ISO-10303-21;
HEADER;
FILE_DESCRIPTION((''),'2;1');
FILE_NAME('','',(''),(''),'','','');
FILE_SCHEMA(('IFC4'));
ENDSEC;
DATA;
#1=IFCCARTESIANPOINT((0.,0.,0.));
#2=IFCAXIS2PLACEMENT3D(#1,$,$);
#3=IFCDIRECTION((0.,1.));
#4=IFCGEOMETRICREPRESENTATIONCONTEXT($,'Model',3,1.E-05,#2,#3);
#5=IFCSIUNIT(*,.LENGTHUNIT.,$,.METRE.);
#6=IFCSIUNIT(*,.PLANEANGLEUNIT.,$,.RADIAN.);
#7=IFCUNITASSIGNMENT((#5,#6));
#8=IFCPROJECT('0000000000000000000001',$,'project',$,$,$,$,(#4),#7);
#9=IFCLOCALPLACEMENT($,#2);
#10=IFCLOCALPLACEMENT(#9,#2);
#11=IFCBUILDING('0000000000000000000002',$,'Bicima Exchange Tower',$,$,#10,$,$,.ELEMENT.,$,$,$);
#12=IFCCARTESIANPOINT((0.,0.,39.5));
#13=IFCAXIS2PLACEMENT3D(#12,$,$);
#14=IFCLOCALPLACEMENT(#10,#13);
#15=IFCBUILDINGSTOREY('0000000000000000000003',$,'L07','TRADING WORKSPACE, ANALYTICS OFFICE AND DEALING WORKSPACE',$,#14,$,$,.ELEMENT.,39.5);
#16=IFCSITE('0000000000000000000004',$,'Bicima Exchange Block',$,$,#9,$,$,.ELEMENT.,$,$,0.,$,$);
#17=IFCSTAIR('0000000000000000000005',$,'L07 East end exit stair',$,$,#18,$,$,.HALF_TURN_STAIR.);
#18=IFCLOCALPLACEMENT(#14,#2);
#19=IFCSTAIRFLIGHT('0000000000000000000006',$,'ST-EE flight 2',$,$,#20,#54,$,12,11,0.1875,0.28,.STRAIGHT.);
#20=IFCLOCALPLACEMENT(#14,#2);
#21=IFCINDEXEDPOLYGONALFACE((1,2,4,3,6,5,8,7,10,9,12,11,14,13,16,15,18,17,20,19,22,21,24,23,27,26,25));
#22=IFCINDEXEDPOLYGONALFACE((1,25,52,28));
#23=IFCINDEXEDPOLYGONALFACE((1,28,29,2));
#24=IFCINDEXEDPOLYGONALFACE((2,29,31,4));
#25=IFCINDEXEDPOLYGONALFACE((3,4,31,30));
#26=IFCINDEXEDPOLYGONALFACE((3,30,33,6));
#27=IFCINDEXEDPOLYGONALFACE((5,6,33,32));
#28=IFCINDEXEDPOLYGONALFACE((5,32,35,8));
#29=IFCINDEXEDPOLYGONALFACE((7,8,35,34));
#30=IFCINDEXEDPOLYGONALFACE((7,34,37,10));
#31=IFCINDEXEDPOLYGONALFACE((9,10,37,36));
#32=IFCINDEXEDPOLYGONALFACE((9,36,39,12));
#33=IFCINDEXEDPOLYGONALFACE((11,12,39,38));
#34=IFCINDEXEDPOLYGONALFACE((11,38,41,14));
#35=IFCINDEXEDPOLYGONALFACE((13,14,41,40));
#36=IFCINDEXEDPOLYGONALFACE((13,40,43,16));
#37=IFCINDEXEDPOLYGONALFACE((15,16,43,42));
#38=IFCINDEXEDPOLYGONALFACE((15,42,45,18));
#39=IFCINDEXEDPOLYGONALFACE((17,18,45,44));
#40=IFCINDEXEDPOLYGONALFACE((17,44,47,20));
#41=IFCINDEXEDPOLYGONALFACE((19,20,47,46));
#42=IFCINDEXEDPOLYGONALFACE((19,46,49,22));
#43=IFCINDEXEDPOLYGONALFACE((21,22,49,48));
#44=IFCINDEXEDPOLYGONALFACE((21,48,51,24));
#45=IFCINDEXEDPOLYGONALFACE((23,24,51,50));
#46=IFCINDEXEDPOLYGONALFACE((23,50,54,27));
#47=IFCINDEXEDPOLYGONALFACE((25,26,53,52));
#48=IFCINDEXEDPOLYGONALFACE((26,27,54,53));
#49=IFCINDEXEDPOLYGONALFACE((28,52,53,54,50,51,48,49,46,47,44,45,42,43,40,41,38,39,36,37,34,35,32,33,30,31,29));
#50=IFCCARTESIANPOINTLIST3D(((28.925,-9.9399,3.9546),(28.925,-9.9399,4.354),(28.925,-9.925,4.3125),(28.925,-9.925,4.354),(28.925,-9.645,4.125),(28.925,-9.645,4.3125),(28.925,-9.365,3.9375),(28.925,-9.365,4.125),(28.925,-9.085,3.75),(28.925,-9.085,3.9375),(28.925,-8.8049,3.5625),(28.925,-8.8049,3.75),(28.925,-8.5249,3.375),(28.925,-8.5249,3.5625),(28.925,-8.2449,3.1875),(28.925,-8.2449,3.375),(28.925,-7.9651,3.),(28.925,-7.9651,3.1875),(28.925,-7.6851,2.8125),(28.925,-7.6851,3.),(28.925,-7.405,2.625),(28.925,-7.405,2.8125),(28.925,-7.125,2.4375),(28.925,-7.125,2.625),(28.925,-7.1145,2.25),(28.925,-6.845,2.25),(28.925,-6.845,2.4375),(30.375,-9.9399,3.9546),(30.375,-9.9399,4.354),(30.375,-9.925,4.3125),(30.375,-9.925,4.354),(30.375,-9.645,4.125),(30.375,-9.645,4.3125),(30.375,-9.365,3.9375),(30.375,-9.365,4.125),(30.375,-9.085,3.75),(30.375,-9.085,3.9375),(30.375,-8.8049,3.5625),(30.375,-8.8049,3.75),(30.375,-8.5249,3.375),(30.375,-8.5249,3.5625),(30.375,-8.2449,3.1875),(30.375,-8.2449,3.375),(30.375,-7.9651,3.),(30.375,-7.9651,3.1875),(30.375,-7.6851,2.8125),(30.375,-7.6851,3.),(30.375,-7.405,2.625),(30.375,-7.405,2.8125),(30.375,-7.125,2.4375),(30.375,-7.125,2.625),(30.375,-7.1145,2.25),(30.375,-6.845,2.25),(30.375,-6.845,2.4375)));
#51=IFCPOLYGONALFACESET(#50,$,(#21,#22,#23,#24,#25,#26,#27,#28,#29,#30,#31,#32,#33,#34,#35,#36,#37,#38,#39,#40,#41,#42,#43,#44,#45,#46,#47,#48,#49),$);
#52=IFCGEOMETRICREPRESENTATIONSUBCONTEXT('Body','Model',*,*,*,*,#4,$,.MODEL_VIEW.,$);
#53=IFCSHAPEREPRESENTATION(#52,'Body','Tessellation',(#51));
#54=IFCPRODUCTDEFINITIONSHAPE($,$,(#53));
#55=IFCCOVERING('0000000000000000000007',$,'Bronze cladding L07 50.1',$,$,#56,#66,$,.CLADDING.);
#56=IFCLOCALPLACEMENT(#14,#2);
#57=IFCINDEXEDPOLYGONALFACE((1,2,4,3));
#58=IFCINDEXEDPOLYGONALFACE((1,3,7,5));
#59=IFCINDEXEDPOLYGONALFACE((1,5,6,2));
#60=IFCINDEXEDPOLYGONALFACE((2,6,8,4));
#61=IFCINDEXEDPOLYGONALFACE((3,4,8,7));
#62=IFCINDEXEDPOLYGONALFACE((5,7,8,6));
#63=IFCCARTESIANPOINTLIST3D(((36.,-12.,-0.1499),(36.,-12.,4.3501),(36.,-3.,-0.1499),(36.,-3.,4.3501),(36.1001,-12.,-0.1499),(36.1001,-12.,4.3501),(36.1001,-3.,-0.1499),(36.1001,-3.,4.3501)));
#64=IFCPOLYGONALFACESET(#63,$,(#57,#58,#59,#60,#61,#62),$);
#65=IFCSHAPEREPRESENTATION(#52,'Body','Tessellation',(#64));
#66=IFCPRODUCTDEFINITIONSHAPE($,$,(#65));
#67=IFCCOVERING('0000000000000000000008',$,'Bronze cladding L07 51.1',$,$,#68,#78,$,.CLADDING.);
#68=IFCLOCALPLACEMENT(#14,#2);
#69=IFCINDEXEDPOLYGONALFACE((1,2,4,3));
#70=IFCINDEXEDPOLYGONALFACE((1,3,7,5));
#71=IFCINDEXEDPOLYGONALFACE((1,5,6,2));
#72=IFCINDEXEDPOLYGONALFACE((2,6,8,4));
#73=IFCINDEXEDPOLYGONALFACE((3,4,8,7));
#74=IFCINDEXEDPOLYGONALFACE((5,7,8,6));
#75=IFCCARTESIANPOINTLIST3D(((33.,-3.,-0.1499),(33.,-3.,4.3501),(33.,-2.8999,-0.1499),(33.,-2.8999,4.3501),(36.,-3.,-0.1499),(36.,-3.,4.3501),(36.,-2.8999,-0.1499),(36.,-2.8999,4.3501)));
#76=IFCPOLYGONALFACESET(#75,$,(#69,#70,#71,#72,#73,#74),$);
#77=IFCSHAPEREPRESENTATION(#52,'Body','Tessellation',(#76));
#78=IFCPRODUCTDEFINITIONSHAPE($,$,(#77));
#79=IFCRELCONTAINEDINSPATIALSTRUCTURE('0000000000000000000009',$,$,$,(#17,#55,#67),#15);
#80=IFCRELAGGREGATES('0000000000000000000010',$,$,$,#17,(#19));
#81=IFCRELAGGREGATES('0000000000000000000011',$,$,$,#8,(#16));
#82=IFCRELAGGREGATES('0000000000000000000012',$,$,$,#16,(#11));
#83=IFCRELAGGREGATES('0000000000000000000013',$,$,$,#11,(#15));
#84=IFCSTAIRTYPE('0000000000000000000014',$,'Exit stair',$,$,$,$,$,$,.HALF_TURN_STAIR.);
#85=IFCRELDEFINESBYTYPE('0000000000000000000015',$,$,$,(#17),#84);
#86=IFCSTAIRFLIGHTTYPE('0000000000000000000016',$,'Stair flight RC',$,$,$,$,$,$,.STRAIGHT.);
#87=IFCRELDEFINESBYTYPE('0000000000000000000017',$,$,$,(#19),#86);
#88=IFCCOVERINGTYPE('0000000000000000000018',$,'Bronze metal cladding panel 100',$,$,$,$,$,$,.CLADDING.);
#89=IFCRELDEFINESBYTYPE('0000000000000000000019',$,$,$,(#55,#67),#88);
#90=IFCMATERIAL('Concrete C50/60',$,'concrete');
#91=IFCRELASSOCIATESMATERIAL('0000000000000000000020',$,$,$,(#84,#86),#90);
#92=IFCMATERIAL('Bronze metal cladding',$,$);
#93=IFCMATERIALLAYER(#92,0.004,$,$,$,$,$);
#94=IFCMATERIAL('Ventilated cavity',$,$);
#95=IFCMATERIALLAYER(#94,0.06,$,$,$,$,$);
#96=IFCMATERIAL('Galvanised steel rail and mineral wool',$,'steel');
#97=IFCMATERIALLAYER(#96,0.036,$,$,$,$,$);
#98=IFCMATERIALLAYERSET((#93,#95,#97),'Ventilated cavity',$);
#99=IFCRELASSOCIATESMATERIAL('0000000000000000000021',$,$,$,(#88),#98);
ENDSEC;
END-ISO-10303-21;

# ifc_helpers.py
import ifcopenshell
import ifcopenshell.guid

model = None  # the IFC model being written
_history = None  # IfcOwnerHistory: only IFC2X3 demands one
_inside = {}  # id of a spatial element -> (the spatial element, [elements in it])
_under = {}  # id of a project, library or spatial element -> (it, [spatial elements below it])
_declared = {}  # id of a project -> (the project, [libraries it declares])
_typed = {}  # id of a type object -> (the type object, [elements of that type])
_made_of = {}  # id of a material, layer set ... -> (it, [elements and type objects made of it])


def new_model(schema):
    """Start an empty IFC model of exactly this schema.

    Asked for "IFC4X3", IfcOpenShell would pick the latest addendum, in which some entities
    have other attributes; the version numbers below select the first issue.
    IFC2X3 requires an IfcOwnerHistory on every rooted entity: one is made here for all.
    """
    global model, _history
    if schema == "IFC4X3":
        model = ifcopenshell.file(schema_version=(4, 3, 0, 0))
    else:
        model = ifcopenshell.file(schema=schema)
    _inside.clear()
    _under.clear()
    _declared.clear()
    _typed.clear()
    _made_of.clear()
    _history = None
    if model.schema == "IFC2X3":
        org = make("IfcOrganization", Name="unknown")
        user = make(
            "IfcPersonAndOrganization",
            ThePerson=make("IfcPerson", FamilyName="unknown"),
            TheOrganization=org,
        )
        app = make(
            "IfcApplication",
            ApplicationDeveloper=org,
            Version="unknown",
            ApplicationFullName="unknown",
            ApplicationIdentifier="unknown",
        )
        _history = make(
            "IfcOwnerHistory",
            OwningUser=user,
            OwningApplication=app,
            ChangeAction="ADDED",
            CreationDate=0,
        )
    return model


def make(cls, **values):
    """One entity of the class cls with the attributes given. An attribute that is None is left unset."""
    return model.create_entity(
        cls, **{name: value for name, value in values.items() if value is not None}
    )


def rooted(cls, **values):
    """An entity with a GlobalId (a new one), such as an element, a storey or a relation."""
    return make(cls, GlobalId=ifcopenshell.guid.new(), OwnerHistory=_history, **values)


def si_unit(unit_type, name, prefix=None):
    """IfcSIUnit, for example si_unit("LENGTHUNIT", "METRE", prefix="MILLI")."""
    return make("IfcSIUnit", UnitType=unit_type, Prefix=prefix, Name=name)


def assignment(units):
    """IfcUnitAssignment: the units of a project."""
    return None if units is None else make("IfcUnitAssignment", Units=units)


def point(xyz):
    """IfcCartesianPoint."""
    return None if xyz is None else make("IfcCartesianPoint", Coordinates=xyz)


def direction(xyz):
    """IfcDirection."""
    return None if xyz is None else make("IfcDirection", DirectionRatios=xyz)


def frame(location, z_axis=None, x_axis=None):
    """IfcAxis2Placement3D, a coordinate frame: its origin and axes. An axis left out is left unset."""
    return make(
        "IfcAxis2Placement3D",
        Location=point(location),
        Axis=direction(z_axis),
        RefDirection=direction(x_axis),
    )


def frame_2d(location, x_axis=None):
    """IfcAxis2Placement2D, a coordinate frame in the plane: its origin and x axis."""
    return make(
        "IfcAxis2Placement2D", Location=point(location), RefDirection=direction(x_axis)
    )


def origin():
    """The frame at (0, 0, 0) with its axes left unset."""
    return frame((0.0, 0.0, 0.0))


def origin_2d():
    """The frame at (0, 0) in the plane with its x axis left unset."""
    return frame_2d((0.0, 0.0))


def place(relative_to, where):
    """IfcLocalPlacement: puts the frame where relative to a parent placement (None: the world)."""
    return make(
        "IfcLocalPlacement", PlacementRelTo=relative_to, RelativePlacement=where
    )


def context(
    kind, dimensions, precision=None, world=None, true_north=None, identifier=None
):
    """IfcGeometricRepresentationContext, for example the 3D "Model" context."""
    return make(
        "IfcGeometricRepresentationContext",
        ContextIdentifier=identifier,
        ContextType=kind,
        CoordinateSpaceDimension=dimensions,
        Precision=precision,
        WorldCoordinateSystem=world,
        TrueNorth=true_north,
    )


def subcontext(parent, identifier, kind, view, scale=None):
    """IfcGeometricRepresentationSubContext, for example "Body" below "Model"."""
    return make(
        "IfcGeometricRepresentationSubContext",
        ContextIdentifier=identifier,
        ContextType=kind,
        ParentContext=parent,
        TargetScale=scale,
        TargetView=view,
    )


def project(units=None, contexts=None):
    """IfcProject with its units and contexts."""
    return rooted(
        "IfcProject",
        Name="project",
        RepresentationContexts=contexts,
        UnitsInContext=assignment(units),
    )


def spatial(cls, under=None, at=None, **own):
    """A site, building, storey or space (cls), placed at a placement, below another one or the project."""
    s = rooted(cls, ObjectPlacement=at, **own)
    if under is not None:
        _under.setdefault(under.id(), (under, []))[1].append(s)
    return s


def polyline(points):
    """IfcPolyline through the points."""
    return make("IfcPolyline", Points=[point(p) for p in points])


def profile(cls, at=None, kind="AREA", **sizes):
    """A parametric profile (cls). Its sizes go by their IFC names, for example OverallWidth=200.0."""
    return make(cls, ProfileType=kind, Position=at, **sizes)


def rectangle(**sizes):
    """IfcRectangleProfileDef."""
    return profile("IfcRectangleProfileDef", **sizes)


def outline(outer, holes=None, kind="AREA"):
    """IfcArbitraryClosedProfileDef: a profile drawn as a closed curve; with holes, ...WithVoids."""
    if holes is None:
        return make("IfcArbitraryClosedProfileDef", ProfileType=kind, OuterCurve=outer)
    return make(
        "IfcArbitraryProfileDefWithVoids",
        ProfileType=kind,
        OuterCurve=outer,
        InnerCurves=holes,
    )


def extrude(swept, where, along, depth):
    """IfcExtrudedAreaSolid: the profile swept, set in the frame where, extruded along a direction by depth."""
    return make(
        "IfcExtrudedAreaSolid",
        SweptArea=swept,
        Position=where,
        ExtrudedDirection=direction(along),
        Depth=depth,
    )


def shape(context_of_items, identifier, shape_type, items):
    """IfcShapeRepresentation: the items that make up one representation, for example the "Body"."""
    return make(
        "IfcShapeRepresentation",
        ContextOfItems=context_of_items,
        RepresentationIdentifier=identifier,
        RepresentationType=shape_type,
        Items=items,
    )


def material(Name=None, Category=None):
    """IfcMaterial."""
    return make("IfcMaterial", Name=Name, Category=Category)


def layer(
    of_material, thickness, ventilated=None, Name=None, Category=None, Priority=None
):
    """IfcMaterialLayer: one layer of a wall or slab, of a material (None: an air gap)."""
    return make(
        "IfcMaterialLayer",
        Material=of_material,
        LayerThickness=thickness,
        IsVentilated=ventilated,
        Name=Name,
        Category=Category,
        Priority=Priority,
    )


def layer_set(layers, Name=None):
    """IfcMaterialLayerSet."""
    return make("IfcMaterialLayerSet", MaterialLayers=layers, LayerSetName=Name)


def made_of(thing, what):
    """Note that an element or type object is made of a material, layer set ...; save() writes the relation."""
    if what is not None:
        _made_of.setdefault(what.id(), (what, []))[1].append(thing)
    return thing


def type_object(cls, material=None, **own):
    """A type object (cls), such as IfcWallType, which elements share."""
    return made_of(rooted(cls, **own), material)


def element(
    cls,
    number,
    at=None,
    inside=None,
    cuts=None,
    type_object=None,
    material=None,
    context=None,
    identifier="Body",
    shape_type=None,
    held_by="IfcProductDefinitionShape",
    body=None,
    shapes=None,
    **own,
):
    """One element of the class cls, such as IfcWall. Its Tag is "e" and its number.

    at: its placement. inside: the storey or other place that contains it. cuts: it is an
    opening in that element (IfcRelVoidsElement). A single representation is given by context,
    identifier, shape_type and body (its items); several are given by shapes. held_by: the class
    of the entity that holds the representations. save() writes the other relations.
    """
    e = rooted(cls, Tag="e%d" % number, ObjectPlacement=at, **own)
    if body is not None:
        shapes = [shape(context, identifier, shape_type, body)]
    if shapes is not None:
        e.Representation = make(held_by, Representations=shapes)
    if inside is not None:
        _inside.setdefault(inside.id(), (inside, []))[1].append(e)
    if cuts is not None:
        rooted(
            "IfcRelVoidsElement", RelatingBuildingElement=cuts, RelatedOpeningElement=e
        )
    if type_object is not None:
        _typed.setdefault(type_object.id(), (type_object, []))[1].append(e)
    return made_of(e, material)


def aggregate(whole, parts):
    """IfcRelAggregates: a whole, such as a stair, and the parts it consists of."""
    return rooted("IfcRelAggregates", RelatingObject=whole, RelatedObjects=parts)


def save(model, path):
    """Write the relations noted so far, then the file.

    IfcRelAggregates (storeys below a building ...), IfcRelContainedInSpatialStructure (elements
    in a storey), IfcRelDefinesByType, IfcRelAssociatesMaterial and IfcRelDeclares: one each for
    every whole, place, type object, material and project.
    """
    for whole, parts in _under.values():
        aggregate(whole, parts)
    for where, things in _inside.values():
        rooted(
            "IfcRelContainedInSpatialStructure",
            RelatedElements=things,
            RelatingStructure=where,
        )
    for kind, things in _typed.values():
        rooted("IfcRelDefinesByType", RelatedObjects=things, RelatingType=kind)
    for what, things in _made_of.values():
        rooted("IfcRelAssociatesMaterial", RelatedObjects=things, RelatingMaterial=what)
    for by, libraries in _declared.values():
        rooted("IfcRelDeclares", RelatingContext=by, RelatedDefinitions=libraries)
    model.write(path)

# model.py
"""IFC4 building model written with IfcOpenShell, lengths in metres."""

from ifc_helpers import new_model, si_unit, direction, frame, origin, origin_2d, place, context, subcontext, project, spatial, polyline, rectangle, outline, extrude, material, layer, layer_set, type_object, element, aggregate, save


model = new_model("IFC4")

# Units and contexts
model_context = context("Model", 3, precision=1e-05, world=origin(), true_north=direction((0.0, 1.0)))
body_context = subcontext(model_context, "Body", "Model", "MODEL_VIEW")
ifc_project = project(units=[si_unit("LENGTHUNIT", "METRE"), si_unit("PLANEANGLEUNIT", "RADIAN")], contexts=[model_context])

# Site, building, storey
site_placement = place(None, origin())
site = spatial("IfcSite", under=ifc_project, at=site_placement, Name="Bicima Exchange Block", CompositionType="ELEMENT", RefElevation=0.0)
building_placement = place(site_placement, origin())
building = spatial("IfcBuilding", under=site, at=building_placement, Name="Bicima Exchange Tower", CompositionType="ELEMENT")
storey_placement = place(building_placement, frame((0.0, 0.0, 39.5)))
storey = spatial("IfcBuildingStorey", under=building, at=storey_placement, Name="L07", Description="TRADING WORKSPACE, ANALYTICS OFFICE AND DEALING WORKSPACE", CompositionType="ELEMENT", Elevation=39.5)

# Shared definitions
ifc_material_1 = material(Name="Concrete C50/60", Category="concrete")

# Stair, stair flight
stair_type = type_object("IfcStairType", Name="Exit stair", PredefinedType="HALF_TURN_STAIR", material=ifc_material_1)
stair_placement = place(storey_placement, origin())
stair = element("IfcStair", 1, at=stair_placement, inside=storey, type_object=stair_type, Name="L07 East end exit stair", PredefinedType="HALF_TURN_STAIR")
stair_flight_type = type_object("IfcStairFlightType", Name="Stair flight RC", PredefinedType="STRAIGHT", material=ifc_material_1)
stair_flight_1_placement = place(storey_placement, frame((29.6499, -6.845, 2.25), z_axis=(0.0, 0.0, 1.0), x_axis=(0.0, -1.0, 0.0)))
stair_flight_1 = element("IfcStairFlight", 2, at=stair_flight_1_placement, type_object=stair_flight_type, Name="ST-EE flight 2", NumberOfRisers=12, NumberOfTreads=11, PredefinedType="STRAIGHT", RiserHeight=0.1875, TreadLength=0.28, context=body_context, shape_type="SweptSolid", body=[
    extrude(outline(polyline([(0.0, 0.0), (0.0, 0.1875), (0.28, 0.1875), (0.28, 0.375), (0.5601, 0.375), (0.5601, 0.5625), (0.8401, 0.5625), (0.8401, 0.75), (1.1201, 0.75), (1.1201, 0.9375), (1.3999, 0.9375), (1.3999, 1.125), (1.6799, 1.125), (1.6799, 1.3125), (1.96, 1.3125), (1.96, 1.5), (2.24, 1.5), (2.24, 1.6875), (2.52, 1.6875), (2.52, 1.875), (2.8, 1.875), (2.8, 2.0625), (3.0801, 2.0625), (3.0801, 2.104), (3.095, 2.104), (3.095, 1.7046), (0.2695, 0.0), (0.0, 0.0)])), frame((0.0, 0.7251, 0.0), z_axis=(0.0, -1.0, 0.0), x_axis=(1.0, 0.0, 0.0)), (0.0, 0.0, 1.0), 1.45),
])
aggregate(stair, [stair_flight_1])

# Coverings
ifc_material_2 = material(Name="Bronze metal cladding")
ifc_layer_1 = layer(ifc_material_2, 0.004)
ifc_material_3 = material(Name="Ventilated cavity")
ifc_layer_2 = layer(ifc_material_3, 0.06)
ifc_material_4 = material(Name="Galvanised steel rail and mineral wool", Category="steel")
ifc_layer_3 = layer(ifc_material_4, 0.036)
ifc_layer_set_1 = layer_set([ifc_layer_1, ifc_layer_2, ifc_layer_3], Name="Ventilated cavity")
covering_type = type_object("IfcCoveringType", Name="Bronze metal cladding panel 100", PredefinedType="CLADDING", material=ifc_layer_set_1)
covering_1_placement = place(storey_placement, frame((36.05, -7.5, -0.1499), z_axis=(0.0, 0.0, 1.0), x_axis=(0.0, 1.0, 0.0)))
element("IfcCovering", 3, at=covering_1_placement, inside=storey, type_object=covering_type, Name="Bronze cladding L07 50.1", PredefinedType="CLADDING", context=body_context, shape_type="SweptSolid", body=[
    extrude(rectangle(XDim=9.0, YDim=0.1001, at=origin_2d()), origin(), (0.0, 0.0, 1.0), 4.5),
])
covering_2_placement = place(storey_placement, frame((34.5, -2.95, -0.1499), z_axis=(0.0, 0.0, 1.0), x_axis=(-1.0, 0.0, 0.0)))
element("IfcCovering", 4, at=covering_2_placement, inside=storey, type_object=covering_type, Name="Bronze cladding L07 51.1", PredefinedType="CLADDING", context=body_context, shape_type="SweptSolid", body=[
    extrude(rectangle(XDim=3.0, YDim=0.1001, at=origin_2d()), origin(), (0.0, 0.0, 1.0), 4.5),
])

save(model, "model.ifc")
